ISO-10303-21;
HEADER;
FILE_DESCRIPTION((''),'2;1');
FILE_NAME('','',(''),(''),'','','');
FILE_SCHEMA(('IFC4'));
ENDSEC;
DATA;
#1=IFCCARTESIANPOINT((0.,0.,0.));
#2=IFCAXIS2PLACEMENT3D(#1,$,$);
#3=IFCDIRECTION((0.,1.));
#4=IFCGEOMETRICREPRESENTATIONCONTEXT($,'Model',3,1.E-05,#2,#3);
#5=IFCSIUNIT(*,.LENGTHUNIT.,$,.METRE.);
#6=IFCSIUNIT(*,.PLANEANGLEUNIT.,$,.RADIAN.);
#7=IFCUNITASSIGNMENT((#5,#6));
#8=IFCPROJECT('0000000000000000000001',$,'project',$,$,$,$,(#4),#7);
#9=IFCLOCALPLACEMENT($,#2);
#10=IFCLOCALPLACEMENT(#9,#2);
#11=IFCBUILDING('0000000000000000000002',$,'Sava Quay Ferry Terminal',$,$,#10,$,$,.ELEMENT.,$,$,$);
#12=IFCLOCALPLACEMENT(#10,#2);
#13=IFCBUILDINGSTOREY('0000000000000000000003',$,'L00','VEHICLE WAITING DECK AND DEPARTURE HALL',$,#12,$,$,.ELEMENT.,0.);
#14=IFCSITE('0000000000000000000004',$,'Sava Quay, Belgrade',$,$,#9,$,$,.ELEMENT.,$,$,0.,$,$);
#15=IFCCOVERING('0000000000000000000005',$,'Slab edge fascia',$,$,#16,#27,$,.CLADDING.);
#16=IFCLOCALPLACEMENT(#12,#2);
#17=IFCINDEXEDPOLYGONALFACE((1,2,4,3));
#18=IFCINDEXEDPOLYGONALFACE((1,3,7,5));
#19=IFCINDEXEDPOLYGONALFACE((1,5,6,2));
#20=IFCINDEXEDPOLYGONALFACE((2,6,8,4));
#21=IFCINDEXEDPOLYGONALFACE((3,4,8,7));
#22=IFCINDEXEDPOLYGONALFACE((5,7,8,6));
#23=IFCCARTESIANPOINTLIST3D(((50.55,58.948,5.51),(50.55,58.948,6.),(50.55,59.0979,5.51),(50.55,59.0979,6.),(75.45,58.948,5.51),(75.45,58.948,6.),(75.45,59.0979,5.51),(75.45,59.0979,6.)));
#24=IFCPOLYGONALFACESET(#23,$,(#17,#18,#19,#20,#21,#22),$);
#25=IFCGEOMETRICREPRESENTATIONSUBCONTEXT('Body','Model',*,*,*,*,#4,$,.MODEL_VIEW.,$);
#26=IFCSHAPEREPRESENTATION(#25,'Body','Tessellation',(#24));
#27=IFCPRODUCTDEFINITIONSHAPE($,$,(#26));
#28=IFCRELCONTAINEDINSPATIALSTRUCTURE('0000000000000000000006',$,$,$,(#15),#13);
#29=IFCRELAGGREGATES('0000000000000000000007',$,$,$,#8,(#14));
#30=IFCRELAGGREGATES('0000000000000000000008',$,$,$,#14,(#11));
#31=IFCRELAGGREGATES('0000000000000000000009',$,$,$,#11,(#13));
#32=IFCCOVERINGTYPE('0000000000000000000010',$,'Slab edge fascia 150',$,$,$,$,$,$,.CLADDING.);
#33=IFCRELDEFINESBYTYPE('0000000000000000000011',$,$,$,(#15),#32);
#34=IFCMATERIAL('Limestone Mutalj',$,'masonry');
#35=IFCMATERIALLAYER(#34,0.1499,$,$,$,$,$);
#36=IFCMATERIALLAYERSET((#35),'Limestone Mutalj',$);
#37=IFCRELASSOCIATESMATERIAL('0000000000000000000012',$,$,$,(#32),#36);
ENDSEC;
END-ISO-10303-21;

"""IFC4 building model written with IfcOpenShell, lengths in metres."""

from ifc_helpers import new_model, si_unit, direction, frame, origin, place, context, subcontext, project, spatial, polyline, outline, extrude, material, layer, layer_set, type_object, element, save


model = new_model("IFC4")

# Units and contexts
model_context = context("Model", 3, precision=1e-05, world=origin(), true_north=direction((0.0, 1.0)))
body_context = subcontext(model_context, "Body", "Model", "MODEL_VIEW")
ifc_project = project(units=[si_unit("LENGTHUNIT", "METRE"), si_unit("PLANEANGLEUNIT", "RADIAN")], contexts=[model_context])

# Site, building, storey
site_placement = place(None, origin())
site = spatial("IfcSite", under=ifc_project, at=site_placement, Name="Sava Quay, Belgrade", CompositionType="ELEMENT", RefElevation=0.0)
building_placement = place(site_placement, origin())
building = spatial("IfcBuilding", under=site, at=building_placement, Name="Sava Quay Ferry Terminal", CompositionType="ELEMENT")
storey_placement = place(building_placement, origin())
storey = spatial("IfcBuildingStorey", under=building, at=storey_placement, Name="L00", Description="VEHICLE WAITING DECK AND DEPARTURE HALL", CompositionType="ELEMENT", Elevation=0.0)

# Covering
ifc_material = material(Name="Limestone Mutalj", Category="masonry")
ifc_layer = layer(ifc_material, 0.1499)
ifc_layer_set = layer_set([ifc_layer], Name="Limestone Mutalj")
covering_type = type_object("IfcCoveringType", Name="Slab edge fascia 150", PredefinedType="CLADDING", material=ifc_layer_set)
covering_1_placement = place(storey_placement, frame((0.0, 0.0, 5.51)))
element("IfcCovering", 1, at=covering_1_placement, inside=storey, type_object=covering_type, Name="Slab edge fascia", PredefinedType="CLADDING", context=body_context, shape_type="SweptSolid", body=[
    extrude(outline(polyline([(50.55, 59.0979), (50.55, 58.948), (75.45, 58.948), (75.45, 59.0979), (50.55, 59.0979)])), origin(), (0.0, 0.0, 1.0), 0.49),
])

save(model, "model.ifc")
